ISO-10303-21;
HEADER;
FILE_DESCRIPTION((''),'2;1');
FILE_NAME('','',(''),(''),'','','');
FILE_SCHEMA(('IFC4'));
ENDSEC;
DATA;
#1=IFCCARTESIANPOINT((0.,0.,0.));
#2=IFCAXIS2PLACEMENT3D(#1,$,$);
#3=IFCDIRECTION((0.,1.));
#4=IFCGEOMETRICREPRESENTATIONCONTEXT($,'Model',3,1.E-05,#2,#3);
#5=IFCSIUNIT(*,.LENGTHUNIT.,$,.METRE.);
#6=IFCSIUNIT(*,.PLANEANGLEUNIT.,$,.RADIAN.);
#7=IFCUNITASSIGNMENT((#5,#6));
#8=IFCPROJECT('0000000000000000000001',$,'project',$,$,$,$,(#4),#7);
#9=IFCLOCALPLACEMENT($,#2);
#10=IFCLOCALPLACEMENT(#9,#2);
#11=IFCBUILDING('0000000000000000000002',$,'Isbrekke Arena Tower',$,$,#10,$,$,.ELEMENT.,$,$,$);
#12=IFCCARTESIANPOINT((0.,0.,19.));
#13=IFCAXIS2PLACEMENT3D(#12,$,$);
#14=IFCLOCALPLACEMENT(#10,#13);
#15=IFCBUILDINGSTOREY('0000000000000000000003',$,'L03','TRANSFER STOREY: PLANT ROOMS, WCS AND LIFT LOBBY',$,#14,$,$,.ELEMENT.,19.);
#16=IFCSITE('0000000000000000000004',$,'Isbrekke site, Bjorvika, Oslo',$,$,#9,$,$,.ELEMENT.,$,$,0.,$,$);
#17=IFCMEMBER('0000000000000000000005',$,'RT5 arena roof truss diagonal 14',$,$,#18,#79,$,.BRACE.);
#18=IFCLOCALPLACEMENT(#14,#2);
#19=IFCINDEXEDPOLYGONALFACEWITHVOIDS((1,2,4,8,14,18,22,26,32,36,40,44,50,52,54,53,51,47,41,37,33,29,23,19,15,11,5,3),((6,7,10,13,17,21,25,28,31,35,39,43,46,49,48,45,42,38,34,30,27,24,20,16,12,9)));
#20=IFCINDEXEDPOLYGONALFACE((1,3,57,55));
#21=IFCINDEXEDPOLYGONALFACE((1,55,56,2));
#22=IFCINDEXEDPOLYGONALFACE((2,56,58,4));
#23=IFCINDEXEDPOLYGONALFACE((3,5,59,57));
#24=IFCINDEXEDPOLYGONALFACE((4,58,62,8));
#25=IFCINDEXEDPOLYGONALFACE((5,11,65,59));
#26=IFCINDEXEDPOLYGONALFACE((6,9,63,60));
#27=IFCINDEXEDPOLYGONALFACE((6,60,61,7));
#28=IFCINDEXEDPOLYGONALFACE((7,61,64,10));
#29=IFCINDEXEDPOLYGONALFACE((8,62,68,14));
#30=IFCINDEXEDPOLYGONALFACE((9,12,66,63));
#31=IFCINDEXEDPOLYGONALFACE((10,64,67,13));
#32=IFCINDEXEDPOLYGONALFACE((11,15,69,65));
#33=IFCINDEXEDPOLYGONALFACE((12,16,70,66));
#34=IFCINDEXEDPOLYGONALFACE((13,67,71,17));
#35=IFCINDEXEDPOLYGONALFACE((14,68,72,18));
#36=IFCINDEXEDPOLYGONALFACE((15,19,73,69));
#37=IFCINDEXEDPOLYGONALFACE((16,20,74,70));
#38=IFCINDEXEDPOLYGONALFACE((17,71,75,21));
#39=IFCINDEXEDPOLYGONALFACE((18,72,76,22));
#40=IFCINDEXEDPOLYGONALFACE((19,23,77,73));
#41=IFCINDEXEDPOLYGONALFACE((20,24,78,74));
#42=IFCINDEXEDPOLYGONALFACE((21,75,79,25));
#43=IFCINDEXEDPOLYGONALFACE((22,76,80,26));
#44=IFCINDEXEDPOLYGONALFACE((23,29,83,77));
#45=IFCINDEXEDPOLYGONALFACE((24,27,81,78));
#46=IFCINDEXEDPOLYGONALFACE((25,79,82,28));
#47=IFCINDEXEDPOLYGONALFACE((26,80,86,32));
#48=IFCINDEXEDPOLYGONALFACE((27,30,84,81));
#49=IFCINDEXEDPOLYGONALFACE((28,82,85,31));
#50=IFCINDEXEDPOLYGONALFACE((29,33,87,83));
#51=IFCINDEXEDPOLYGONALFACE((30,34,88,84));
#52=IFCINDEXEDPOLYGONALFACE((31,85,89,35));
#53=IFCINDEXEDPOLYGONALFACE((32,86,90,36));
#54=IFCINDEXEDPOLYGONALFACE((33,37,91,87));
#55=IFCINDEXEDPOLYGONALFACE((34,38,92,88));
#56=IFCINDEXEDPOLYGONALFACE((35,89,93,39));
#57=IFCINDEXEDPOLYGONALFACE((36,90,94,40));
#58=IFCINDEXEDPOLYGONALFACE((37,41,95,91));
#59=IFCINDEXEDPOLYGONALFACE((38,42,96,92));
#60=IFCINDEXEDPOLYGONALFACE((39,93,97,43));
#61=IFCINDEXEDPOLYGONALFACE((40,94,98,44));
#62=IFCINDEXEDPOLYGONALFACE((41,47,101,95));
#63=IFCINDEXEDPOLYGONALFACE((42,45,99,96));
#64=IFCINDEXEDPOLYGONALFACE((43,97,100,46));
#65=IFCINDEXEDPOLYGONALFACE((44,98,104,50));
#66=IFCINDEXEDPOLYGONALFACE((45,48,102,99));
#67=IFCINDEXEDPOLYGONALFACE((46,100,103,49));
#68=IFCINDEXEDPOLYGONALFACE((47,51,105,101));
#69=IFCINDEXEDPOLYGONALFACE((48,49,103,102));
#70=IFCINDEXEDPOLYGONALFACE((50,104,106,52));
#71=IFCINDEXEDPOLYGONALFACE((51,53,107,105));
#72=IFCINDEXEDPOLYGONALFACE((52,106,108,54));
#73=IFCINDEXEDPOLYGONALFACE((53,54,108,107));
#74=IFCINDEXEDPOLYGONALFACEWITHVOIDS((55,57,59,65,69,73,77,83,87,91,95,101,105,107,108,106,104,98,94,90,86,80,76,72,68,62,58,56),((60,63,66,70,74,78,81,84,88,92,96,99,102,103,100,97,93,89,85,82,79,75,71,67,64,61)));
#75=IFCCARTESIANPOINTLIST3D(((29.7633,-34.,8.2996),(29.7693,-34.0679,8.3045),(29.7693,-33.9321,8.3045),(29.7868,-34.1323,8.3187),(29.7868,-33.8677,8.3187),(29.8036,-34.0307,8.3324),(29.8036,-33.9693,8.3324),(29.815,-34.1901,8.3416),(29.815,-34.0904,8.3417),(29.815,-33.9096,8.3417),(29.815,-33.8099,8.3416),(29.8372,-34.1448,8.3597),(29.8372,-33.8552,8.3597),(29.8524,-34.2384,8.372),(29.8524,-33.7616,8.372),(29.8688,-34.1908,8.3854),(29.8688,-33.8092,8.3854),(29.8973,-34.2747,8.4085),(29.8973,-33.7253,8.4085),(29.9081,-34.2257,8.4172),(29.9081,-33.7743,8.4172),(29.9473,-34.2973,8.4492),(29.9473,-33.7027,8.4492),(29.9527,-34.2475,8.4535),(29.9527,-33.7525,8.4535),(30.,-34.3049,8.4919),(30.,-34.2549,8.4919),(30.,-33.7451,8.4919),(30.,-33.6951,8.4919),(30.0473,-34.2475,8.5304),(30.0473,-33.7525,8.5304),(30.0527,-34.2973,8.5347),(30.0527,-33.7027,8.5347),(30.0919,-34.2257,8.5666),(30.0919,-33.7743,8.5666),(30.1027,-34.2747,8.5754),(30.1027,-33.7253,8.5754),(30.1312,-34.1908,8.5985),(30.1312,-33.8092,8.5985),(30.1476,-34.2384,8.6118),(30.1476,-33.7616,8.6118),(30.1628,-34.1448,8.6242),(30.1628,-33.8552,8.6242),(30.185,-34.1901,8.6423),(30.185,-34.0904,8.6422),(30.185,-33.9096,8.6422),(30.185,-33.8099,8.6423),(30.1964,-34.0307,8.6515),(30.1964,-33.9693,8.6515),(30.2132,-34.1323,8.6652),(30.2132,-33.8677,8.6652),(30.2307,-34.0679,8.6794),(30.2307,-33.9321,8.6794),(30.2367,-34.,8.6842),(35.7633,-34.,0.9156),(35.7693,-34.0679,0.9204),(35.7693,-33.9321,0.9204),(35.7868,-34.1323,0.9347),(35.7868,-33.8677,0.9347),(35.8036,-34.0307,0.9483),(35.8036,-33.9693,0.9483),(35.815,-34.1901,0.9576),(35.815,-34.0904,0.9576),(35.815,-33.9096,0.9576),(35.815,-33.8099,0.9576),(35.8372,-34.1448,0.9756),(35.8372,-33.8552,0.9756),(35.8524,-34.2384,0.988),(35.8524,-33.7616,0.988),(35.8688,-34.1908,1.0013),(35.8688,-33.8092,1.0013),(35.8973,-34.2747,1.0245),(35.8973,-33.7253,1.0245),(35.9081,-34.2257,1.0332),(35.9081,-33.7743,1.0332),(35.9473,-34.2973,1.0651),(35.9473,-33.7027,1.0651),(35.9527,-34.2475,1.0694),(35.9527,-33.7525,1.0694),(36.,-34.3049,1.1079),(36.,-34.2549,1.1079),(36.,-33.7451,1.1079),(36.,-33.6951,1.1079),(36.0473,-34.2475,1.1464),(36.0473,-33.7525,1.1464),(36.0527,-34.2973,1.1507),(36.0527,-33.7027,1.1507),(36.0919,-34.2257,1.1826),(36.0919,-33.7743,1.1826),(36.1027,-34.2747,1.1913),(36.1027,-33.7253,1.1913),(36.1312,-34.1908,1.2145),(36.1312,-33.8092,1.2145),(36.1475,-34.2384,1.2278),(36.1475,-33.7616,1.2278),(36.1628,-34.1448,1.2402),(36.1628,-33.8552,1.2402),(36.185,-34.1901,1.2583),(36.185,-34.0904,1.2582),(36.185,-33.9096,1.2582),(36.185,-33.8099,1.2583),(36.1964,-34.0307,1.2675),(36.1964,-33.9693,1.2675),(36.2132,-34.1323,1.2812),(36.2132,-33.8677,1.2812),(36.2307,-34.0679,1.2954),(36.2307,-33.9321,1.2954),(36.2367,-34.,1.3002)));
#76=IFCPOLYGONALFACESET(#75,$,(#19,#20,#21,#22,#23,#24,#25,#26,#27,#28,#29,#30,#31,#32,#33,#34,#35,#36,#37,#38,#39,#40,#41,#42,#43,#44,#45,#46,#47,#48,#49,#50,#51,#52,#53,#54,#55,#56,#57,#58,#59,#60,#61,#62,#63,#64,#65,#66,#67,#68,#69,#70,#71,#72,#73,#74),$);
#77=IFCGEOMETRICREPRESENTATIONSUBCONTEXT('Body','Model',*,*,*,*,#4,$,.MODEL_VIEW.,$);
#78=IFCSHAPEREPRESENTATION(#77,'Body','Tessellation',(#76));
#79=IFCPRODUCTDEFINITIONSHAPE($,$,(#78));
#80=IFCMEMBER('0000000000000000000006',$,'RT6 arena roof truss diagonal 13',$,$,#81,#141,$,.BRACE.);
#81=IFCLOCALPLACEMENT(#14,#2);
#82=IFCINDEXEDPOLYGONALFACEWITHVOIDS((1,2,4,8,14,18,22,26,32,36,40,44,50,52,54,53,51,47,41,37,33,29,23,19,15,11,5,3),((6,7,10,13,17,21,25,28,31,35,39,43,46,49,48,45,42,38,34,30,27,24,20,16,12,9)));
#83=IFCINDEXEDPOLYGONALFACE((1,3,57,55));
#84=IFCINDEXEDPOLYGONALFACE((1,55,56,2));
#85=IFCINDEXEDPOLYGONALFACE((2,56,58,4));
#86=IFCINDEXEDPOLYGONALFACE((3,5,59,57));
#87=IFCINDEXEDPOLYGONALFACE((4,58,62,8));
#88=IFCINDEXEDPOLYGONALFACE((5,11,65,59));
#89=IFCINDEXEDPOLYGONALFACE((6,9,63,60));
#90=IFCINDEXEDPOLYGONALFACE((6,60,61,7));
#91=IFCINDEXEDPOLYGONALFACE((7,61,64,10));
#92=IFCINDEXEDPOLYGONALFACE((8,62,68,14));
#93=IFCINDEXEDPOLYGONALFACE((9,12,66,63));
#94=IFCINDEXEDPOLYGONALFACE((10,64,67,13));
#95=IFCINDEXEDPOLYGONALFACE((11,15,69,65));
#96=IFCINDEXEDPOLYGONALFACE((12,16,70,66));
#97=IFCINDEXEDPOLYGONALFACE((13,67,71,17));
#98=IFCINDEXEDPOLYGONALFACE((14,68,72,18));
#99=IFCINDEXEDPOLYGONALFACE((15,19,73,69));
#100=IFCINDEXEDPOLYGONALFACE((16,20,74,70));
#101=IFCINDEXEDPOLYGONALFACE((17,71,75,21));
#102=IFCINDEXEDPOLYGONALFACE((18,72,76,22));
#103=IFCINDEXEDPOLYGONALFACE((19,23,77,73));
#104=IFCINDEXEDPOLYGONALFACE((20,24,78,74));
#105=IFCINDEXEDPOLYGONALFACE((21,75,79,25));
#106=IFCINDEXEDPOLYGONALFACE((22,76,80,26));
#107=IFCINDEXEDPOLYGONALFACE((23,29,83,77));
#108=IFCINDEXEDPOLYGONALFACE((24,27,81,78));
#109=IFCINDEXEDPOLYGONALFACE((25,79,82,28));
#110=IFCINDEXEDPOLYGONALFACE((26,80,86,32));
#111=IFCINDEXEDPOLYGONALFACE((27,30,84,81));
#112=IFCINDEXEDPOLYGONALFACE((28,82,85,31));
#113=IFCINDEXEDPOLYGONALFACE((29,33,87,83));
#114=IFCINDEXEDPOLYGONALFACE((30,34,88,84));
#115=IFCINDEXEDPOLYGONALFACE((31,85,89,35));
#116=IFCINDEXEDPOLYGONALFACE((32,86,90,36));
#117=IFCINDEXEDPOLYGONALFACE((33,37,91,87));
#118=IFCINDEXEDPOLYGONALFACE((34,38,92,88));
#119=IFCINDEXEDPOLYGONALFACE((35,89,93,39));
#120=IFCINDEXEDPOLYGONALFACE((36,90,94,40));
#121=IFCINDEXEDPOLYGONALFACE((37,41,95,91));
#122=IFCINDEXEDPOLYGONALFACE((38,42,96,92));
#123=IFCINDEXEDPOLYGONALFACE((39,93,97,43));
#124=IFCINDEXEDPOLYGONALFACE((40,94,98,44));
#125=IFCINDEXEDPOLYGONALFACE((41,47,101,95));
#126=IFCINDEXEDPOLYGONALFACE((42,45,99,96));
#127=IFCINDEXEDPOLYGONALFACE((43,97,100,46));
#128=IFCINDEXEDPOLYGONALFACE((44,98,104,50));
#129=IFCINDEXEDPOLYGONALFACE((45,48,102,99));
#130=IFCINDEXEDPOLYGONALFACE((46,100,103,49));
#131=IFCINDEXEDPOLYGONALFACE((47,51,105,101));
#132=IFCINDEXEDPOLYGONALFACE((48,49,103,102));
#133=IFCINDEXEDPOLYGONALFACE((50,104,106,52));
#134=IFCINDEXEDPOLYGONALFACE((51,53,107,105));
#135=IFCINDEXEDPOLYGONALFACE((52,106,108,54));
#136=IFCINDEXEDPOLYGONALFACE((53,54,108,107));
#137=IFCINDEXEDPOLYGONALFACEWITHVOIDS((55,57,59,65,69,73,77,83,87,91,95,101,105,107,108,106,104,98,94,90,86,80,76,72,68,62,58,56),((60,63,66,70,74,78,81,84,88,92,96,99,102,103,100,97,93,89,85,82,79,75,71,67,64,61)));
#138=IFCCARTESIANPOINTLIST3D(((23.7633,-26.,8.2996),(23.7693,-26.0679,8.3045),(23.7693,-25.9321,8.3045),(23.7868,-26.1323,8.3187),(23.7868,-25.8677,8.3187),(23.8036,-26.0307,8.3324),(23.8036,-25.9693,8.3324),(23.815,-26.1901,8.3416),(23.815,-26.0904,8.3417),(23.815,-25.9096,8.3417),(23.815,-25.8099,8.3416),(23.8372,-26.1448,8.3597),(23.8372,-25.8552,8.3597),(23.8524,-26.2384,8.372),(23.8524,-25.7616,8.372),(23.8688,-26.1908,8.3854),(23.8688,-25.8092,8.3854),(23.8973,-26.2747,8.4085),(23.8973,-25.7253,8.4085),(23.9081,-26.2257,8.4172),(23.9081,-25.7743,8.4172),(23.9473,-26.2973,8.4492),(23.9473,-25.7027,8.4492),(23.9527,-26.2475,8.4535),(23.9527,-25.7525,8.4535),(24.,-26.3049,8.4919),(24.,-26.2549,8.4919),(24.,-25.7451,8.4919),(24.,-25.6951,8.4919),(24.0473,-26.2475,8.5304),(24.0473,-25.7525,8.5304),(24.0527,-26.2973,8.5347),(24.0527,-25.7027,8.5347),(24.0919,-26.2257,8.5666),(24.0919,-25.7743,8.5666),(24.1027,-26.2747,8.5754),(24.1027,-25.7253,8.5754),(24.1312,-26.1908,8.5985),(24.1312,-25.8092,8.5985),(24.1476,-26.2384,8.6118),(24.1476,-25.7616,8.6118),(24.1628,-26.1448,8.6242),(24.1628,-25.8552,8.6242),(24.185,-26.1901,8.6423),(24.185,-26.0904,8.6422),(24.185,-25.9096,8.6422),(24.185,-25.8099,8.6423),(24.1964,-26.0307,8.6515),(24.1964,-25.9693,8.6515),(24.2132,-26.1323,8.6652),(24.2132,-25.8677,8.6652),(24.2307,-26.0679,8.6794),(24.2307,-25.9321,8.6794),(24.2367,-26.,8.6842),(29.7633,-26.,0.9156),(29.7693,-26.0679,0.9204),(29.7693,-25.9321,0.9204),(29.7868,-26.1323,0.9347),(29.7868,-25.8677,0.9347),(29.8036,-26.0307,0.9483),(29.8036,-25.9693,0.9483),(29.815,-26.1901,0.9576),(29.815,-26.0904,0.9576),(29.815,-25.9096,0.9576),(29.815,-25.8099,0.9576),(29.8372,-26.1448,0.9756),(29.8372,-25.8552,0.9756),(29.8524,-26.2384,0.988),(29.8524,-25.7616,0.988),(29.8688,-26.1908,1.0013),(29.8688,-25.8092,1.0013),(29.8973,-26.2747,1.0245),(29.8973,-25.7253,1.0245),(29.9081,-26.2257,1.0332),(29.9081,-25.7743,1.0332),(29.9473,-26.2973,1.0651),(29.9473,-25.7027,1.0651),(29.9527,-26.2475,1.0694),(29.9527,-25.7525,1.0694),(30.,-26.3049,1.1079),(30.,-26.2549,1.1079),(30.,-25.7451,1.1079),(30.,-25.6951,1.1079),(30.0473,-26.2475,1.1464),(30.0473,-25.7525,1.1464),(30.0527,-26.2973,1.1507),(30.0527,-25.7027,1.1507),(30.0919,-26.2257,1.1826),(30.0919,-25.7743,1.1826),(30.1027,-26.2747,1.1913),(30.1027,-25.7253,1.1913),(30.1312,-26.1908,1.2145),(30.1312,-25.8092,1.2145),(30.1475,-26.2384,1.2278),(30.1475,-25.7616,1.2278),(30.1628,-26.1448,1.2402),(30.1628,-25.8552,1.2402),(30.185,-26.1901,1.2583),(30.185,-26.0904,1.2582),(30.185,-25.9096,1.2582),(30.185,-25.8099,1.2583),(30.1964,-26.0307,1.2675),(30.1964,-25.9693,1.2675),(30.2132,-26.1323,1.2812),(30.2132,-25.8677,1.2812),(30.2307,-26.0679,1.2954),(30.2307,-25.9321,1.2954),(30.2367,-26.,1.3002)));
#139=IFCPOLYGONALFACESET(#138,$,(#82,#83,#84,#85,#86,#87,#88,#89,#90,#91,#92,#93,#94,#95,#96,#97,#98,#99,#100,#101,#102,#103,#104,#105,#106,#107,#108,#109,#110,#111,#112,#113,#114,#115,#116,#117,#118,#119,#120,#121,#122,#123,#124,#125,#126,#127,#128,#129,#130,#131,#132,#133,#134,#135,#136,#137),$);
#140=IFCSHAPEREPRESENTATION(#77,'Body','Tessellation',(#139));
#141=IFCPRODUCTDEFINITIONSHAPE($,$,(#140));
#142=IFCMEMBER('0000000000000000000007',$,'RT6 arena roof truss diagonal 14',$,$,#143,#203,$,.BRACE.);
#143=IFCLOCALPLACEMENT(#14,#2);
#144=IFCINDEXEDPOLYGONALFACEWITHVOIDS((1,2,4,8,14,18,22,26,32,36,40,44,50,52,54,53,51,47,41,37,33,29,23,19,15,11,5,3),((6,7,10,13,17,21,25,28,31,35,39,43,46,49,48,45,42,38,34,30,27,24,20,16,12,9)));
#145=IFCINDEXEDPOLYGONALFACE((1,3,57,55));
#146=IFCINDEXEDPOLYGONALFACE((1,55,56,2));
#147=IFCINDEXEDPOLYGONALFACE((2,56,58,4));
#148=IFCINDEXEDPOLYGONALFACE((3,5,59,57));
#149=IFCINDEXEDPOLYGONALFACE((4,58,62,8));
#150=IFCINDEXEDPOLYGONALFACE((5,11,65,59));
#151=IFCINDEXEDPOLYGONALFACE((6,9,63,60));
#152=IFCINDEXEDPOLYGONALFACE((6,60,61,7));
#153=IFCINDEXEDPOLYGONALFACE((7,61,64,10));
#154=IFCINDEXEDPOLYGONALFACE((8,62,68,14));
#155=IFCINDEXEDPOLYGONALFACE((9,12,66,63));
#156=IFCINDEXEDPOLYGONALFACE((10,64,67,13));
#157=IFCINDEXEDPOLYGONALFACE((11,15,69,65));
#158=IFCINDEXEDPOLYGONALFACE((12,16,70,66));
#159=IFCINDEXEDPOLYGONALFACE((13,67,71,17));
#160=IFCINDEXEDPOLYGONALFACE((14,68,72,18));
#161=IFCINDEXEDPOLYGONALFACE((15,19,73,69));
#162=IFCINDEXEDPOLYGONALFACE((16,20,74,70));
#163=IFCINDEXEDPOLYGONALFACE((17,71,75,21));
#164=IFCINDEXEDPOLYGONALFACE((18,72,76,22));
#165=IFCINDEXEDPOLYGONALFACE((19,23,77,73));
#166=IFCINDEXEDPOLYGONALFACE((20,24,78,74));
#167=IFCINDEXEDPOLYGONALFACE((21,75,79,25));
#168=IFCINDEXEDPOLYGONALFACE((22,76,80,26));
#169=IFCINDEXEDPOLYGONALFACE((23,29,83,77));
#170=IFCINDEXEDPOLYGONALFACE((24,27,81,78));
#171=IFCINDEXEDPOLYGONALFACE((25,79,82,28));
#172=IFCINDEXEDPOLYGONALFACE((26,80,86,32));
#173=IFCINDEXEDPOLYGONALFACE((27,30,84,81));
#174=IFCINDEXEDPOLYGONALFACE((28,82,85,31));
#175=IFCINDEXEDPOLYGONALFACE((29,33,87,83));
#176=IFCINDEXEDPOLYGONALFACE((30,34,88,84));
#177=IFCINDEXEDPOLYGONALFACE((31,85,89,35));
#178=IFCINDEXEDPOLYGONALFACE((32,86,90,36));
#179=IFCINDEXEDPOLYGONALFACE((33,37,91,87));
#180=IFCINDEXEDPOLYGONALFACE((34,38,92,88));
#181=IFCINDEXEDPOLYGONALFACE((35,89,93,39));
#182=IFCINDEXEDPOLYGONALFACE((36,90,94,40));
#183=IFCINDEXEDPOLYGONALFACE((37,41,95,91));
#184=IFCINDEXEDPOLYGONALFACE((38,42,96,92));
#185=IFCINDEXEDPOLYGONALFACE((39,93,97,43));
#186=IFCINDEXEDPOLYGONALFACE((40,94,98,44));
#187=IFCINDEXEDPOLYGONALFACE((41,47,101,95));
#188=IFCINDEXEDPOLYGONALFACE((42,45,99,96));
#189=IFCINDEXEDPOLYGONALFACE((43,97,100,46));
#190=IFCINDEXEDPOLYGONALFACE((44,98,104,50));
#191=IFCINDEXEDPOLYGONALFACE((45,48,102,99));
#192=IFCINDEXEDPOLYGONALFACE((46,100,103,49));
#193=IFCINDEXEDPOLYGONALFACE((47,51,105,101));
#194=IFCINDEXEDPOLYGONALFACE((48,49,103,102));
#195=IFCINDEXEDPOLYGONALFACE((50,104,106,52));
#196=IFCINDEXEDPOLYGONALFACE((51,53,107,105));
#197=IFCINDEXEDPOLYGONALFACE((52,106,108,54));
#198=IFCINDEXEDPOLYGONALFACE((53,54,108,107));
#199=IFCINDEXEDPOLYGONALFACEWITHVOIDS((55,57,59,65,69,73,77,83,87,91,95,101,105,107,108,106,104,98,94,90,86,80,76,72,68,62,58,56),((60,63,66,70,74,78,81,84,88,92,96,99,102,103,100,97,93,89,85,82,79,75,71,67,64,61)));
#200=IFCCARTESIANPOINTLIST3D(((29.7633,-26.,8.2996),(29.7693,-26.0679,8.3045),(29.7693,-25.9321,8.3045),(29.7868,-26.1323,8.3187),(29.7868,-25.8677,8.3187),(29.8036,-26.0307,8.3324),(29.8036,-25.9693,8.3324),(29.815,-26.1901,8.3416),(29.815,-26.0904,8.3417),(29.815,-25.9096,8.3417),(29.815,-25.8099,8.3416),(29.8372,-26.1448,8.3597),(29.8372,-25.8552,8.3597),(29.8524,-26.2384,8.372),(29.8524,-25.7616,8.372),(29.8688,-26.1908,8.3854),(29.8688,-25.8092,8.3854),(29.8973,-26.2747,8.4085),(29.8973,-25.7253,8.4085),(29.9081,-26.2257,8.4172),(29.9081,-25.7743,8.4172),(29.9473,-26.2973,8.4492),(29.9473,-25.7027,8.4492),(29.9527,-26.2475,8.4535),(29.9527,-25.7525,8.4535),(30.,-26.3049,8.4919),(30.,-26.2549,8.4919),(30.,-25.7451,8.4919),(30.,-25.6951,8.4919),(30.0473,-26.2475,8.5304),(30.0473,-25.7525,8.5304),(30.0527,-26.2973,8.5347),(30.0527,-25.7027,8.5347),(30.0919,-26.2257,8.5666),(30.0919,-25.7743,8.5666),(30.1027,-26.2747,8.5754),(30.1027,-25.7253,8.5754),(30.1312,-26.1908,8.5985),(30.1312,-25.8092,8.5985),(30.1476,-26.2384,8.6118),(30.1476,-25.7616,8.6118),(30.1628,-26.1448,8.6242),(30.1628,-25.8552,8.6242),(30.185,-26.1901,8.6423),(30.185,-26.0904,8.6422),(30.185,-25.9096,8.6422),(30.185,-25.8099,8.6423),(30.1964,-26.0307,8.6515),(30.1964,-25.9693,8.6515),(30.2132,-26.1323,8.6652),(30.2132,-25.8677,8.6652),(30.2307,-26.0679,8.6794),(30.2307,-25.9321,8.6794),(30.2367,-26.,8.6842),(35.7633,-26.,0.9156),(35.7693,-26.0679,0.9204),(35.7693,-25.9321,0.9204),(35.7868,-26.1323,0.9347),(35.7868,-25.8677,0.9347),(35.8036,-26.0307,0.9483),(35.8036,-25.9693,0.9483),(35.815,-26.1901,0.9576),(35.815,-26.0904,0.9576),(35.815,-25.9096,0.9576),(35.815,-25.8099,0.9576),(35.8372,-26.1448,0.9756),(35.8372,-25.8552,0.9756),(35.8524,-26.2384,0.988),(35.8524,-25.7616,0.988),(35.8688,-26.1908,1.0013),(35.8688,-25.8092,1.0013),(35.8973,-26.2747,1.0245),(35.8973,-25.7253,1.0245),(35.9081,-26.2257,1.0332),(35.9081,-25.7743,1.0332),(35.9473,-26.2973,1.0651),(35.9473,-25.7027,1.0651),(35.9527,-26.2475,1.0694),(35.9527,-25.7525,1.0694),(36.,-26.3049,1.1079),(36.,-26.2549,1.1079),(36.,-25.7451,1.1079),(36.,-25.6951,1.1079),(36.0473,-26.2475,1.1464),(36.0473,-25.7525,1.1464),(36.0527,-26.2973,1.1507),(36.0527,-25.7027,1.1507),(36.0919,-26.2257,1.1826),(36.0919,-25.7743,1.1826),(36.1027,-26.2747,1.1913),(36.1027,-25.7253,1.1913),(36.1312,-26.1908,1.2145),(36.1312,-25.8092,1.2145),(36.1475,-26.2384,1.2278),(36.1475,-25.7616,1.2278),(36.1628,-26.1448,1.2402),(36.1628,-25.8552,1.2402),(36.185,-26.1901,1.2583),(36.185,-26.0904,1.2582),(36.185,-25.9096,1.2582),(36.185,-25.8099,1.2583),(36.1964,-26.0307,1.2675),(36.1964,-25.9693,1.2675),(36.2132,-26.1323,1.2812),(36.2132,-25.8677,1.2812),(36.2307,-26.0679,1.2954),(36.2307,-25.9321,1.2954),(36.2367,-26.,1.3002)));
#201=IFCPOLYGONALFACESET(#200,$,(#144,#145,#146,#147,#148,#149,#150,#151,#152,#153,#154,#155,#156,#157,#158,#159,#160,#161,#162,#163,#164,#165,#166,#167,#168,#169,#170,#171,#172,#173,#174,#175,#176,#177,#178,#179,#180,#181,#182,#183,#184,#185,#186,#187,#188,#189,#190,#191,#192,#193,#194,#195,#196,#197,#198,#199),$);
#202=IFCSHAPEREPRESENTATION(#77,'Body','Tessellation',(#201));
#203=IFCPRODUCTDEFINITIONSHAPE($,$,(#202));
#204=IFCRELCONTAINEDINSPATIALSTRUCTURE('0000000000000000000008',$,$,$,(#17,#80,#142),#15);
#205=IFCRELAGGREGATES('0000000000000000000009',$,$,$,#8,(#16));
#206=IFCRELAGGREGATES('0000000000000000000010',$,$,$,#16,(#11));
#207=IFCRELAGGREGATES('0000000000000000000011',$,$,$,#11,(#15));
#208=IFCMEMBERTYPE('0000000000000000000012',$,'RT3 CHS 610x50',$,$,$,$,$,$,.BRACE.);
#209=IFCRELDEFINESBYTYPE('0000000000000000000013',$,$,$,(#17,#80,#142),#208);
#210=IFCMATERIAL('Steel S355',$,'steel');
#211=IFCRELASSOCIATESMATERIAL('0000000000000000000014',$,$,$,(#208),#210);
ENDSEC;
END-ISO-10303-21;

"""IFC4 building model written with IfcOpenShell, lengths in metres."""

from ifc_helpers import new_model, si_unit, direction, frame, origin, origin_2d, place, context, subcontext, project, spatial, hollow_circle, extrude, material, material_profile, profile_set, type_object, element, save


model = new_model("IFC4")

# Units and contexts
model_context = context("Model", 3, precision=1e-05, world=origin(), true_north=direction((0.0, 1.0)))
body_context = subcontext(model_context, "Body", "Model", "MODEL_VIEW")
ifc_project = project(units=[si_unit("LENGTHUNIT", "METRE"), si_unit("PLANEANGLEUNIT", "RADIAN")], contexts=[model_context])

# Site, building, storey
site_placement = place(None, origin())
site = spatial("IfcSite", under=ifc_project, at=site_placement, Name="Isbrekke site, Bjorvika, Oslo", CompositionType="ELEMENT", RefElevation=0.0)
building_placement = place(site_placement, origin())
building = spatial("IfcBuilding", under=site, at=building_placement, Name="Isbrekke Arena Tower", CompositionType="ELEMENT")
storey_placement = place(building_placement, frame((0.0, 0.0, 19.0)))
storey = spatial("IfcBuildingStorey", under=building, at=storey_placement, Name="L03", Description="TRANSFER STOREY: PLANT ROOMS, WCS AND LIFT LOBBY", CompositionType="ELEMENT", Elevation=19.0)

# Members
ifc_material_1 = material(Name="Steel S355", Category="steel")
ifc_material_profile_1 = material_profile(ifc_material_1, hollow_circle(Radius=0.3049, WallThickness=0.05, at=origin_2d()), Name="CHS 610x50")
ifc_profile_set_1 = profile_set([ifc_material_profile_1], Name="Steel S355")
member_type_1 = type_object("IfcMemberType", Name="RT3 CHS 610x50", PredefinedType="BRACE", material=ifc_profile_set_1)
for number, where, z_axis, x_axis, name in (
    (1, (30.0, -34.0, 8.4919), (0.630623, 0.0, -0.77609), (0.0, 1.0, 0.0), "RT5 arena roof truss diagonal 14"),
    (2, (24.0, -26.0, 8.4919), (0.630623, 0.0, -0.77609), (0.0, 1.0, 0.0), "RT6 arena roof truss diagonal 13"),
    (3, (30.0, -26.0, 8.4919), (0.630623, 0.0, -0.77609), (0.0, 1.0, 0.0), "RT6 arena roof truss diagonal 14"),
):
    element("IfcMember", number, at=place(storey_placement, frame(where, z_axis=z_axis, x_axis=x_axis)), inside=storey, type_object=member_type_1, Name=name, PredefinedType="BRACE", context=body_context, shape_type="SweptSolid", body=[
        extrude(hollow_circle(Radius=0.3049, WallThickness=0.05, at=origin_2d()), origin(), (0.0, 0.0, 1.0), 9.5144),
    ])

save(model, "model.ifc")
